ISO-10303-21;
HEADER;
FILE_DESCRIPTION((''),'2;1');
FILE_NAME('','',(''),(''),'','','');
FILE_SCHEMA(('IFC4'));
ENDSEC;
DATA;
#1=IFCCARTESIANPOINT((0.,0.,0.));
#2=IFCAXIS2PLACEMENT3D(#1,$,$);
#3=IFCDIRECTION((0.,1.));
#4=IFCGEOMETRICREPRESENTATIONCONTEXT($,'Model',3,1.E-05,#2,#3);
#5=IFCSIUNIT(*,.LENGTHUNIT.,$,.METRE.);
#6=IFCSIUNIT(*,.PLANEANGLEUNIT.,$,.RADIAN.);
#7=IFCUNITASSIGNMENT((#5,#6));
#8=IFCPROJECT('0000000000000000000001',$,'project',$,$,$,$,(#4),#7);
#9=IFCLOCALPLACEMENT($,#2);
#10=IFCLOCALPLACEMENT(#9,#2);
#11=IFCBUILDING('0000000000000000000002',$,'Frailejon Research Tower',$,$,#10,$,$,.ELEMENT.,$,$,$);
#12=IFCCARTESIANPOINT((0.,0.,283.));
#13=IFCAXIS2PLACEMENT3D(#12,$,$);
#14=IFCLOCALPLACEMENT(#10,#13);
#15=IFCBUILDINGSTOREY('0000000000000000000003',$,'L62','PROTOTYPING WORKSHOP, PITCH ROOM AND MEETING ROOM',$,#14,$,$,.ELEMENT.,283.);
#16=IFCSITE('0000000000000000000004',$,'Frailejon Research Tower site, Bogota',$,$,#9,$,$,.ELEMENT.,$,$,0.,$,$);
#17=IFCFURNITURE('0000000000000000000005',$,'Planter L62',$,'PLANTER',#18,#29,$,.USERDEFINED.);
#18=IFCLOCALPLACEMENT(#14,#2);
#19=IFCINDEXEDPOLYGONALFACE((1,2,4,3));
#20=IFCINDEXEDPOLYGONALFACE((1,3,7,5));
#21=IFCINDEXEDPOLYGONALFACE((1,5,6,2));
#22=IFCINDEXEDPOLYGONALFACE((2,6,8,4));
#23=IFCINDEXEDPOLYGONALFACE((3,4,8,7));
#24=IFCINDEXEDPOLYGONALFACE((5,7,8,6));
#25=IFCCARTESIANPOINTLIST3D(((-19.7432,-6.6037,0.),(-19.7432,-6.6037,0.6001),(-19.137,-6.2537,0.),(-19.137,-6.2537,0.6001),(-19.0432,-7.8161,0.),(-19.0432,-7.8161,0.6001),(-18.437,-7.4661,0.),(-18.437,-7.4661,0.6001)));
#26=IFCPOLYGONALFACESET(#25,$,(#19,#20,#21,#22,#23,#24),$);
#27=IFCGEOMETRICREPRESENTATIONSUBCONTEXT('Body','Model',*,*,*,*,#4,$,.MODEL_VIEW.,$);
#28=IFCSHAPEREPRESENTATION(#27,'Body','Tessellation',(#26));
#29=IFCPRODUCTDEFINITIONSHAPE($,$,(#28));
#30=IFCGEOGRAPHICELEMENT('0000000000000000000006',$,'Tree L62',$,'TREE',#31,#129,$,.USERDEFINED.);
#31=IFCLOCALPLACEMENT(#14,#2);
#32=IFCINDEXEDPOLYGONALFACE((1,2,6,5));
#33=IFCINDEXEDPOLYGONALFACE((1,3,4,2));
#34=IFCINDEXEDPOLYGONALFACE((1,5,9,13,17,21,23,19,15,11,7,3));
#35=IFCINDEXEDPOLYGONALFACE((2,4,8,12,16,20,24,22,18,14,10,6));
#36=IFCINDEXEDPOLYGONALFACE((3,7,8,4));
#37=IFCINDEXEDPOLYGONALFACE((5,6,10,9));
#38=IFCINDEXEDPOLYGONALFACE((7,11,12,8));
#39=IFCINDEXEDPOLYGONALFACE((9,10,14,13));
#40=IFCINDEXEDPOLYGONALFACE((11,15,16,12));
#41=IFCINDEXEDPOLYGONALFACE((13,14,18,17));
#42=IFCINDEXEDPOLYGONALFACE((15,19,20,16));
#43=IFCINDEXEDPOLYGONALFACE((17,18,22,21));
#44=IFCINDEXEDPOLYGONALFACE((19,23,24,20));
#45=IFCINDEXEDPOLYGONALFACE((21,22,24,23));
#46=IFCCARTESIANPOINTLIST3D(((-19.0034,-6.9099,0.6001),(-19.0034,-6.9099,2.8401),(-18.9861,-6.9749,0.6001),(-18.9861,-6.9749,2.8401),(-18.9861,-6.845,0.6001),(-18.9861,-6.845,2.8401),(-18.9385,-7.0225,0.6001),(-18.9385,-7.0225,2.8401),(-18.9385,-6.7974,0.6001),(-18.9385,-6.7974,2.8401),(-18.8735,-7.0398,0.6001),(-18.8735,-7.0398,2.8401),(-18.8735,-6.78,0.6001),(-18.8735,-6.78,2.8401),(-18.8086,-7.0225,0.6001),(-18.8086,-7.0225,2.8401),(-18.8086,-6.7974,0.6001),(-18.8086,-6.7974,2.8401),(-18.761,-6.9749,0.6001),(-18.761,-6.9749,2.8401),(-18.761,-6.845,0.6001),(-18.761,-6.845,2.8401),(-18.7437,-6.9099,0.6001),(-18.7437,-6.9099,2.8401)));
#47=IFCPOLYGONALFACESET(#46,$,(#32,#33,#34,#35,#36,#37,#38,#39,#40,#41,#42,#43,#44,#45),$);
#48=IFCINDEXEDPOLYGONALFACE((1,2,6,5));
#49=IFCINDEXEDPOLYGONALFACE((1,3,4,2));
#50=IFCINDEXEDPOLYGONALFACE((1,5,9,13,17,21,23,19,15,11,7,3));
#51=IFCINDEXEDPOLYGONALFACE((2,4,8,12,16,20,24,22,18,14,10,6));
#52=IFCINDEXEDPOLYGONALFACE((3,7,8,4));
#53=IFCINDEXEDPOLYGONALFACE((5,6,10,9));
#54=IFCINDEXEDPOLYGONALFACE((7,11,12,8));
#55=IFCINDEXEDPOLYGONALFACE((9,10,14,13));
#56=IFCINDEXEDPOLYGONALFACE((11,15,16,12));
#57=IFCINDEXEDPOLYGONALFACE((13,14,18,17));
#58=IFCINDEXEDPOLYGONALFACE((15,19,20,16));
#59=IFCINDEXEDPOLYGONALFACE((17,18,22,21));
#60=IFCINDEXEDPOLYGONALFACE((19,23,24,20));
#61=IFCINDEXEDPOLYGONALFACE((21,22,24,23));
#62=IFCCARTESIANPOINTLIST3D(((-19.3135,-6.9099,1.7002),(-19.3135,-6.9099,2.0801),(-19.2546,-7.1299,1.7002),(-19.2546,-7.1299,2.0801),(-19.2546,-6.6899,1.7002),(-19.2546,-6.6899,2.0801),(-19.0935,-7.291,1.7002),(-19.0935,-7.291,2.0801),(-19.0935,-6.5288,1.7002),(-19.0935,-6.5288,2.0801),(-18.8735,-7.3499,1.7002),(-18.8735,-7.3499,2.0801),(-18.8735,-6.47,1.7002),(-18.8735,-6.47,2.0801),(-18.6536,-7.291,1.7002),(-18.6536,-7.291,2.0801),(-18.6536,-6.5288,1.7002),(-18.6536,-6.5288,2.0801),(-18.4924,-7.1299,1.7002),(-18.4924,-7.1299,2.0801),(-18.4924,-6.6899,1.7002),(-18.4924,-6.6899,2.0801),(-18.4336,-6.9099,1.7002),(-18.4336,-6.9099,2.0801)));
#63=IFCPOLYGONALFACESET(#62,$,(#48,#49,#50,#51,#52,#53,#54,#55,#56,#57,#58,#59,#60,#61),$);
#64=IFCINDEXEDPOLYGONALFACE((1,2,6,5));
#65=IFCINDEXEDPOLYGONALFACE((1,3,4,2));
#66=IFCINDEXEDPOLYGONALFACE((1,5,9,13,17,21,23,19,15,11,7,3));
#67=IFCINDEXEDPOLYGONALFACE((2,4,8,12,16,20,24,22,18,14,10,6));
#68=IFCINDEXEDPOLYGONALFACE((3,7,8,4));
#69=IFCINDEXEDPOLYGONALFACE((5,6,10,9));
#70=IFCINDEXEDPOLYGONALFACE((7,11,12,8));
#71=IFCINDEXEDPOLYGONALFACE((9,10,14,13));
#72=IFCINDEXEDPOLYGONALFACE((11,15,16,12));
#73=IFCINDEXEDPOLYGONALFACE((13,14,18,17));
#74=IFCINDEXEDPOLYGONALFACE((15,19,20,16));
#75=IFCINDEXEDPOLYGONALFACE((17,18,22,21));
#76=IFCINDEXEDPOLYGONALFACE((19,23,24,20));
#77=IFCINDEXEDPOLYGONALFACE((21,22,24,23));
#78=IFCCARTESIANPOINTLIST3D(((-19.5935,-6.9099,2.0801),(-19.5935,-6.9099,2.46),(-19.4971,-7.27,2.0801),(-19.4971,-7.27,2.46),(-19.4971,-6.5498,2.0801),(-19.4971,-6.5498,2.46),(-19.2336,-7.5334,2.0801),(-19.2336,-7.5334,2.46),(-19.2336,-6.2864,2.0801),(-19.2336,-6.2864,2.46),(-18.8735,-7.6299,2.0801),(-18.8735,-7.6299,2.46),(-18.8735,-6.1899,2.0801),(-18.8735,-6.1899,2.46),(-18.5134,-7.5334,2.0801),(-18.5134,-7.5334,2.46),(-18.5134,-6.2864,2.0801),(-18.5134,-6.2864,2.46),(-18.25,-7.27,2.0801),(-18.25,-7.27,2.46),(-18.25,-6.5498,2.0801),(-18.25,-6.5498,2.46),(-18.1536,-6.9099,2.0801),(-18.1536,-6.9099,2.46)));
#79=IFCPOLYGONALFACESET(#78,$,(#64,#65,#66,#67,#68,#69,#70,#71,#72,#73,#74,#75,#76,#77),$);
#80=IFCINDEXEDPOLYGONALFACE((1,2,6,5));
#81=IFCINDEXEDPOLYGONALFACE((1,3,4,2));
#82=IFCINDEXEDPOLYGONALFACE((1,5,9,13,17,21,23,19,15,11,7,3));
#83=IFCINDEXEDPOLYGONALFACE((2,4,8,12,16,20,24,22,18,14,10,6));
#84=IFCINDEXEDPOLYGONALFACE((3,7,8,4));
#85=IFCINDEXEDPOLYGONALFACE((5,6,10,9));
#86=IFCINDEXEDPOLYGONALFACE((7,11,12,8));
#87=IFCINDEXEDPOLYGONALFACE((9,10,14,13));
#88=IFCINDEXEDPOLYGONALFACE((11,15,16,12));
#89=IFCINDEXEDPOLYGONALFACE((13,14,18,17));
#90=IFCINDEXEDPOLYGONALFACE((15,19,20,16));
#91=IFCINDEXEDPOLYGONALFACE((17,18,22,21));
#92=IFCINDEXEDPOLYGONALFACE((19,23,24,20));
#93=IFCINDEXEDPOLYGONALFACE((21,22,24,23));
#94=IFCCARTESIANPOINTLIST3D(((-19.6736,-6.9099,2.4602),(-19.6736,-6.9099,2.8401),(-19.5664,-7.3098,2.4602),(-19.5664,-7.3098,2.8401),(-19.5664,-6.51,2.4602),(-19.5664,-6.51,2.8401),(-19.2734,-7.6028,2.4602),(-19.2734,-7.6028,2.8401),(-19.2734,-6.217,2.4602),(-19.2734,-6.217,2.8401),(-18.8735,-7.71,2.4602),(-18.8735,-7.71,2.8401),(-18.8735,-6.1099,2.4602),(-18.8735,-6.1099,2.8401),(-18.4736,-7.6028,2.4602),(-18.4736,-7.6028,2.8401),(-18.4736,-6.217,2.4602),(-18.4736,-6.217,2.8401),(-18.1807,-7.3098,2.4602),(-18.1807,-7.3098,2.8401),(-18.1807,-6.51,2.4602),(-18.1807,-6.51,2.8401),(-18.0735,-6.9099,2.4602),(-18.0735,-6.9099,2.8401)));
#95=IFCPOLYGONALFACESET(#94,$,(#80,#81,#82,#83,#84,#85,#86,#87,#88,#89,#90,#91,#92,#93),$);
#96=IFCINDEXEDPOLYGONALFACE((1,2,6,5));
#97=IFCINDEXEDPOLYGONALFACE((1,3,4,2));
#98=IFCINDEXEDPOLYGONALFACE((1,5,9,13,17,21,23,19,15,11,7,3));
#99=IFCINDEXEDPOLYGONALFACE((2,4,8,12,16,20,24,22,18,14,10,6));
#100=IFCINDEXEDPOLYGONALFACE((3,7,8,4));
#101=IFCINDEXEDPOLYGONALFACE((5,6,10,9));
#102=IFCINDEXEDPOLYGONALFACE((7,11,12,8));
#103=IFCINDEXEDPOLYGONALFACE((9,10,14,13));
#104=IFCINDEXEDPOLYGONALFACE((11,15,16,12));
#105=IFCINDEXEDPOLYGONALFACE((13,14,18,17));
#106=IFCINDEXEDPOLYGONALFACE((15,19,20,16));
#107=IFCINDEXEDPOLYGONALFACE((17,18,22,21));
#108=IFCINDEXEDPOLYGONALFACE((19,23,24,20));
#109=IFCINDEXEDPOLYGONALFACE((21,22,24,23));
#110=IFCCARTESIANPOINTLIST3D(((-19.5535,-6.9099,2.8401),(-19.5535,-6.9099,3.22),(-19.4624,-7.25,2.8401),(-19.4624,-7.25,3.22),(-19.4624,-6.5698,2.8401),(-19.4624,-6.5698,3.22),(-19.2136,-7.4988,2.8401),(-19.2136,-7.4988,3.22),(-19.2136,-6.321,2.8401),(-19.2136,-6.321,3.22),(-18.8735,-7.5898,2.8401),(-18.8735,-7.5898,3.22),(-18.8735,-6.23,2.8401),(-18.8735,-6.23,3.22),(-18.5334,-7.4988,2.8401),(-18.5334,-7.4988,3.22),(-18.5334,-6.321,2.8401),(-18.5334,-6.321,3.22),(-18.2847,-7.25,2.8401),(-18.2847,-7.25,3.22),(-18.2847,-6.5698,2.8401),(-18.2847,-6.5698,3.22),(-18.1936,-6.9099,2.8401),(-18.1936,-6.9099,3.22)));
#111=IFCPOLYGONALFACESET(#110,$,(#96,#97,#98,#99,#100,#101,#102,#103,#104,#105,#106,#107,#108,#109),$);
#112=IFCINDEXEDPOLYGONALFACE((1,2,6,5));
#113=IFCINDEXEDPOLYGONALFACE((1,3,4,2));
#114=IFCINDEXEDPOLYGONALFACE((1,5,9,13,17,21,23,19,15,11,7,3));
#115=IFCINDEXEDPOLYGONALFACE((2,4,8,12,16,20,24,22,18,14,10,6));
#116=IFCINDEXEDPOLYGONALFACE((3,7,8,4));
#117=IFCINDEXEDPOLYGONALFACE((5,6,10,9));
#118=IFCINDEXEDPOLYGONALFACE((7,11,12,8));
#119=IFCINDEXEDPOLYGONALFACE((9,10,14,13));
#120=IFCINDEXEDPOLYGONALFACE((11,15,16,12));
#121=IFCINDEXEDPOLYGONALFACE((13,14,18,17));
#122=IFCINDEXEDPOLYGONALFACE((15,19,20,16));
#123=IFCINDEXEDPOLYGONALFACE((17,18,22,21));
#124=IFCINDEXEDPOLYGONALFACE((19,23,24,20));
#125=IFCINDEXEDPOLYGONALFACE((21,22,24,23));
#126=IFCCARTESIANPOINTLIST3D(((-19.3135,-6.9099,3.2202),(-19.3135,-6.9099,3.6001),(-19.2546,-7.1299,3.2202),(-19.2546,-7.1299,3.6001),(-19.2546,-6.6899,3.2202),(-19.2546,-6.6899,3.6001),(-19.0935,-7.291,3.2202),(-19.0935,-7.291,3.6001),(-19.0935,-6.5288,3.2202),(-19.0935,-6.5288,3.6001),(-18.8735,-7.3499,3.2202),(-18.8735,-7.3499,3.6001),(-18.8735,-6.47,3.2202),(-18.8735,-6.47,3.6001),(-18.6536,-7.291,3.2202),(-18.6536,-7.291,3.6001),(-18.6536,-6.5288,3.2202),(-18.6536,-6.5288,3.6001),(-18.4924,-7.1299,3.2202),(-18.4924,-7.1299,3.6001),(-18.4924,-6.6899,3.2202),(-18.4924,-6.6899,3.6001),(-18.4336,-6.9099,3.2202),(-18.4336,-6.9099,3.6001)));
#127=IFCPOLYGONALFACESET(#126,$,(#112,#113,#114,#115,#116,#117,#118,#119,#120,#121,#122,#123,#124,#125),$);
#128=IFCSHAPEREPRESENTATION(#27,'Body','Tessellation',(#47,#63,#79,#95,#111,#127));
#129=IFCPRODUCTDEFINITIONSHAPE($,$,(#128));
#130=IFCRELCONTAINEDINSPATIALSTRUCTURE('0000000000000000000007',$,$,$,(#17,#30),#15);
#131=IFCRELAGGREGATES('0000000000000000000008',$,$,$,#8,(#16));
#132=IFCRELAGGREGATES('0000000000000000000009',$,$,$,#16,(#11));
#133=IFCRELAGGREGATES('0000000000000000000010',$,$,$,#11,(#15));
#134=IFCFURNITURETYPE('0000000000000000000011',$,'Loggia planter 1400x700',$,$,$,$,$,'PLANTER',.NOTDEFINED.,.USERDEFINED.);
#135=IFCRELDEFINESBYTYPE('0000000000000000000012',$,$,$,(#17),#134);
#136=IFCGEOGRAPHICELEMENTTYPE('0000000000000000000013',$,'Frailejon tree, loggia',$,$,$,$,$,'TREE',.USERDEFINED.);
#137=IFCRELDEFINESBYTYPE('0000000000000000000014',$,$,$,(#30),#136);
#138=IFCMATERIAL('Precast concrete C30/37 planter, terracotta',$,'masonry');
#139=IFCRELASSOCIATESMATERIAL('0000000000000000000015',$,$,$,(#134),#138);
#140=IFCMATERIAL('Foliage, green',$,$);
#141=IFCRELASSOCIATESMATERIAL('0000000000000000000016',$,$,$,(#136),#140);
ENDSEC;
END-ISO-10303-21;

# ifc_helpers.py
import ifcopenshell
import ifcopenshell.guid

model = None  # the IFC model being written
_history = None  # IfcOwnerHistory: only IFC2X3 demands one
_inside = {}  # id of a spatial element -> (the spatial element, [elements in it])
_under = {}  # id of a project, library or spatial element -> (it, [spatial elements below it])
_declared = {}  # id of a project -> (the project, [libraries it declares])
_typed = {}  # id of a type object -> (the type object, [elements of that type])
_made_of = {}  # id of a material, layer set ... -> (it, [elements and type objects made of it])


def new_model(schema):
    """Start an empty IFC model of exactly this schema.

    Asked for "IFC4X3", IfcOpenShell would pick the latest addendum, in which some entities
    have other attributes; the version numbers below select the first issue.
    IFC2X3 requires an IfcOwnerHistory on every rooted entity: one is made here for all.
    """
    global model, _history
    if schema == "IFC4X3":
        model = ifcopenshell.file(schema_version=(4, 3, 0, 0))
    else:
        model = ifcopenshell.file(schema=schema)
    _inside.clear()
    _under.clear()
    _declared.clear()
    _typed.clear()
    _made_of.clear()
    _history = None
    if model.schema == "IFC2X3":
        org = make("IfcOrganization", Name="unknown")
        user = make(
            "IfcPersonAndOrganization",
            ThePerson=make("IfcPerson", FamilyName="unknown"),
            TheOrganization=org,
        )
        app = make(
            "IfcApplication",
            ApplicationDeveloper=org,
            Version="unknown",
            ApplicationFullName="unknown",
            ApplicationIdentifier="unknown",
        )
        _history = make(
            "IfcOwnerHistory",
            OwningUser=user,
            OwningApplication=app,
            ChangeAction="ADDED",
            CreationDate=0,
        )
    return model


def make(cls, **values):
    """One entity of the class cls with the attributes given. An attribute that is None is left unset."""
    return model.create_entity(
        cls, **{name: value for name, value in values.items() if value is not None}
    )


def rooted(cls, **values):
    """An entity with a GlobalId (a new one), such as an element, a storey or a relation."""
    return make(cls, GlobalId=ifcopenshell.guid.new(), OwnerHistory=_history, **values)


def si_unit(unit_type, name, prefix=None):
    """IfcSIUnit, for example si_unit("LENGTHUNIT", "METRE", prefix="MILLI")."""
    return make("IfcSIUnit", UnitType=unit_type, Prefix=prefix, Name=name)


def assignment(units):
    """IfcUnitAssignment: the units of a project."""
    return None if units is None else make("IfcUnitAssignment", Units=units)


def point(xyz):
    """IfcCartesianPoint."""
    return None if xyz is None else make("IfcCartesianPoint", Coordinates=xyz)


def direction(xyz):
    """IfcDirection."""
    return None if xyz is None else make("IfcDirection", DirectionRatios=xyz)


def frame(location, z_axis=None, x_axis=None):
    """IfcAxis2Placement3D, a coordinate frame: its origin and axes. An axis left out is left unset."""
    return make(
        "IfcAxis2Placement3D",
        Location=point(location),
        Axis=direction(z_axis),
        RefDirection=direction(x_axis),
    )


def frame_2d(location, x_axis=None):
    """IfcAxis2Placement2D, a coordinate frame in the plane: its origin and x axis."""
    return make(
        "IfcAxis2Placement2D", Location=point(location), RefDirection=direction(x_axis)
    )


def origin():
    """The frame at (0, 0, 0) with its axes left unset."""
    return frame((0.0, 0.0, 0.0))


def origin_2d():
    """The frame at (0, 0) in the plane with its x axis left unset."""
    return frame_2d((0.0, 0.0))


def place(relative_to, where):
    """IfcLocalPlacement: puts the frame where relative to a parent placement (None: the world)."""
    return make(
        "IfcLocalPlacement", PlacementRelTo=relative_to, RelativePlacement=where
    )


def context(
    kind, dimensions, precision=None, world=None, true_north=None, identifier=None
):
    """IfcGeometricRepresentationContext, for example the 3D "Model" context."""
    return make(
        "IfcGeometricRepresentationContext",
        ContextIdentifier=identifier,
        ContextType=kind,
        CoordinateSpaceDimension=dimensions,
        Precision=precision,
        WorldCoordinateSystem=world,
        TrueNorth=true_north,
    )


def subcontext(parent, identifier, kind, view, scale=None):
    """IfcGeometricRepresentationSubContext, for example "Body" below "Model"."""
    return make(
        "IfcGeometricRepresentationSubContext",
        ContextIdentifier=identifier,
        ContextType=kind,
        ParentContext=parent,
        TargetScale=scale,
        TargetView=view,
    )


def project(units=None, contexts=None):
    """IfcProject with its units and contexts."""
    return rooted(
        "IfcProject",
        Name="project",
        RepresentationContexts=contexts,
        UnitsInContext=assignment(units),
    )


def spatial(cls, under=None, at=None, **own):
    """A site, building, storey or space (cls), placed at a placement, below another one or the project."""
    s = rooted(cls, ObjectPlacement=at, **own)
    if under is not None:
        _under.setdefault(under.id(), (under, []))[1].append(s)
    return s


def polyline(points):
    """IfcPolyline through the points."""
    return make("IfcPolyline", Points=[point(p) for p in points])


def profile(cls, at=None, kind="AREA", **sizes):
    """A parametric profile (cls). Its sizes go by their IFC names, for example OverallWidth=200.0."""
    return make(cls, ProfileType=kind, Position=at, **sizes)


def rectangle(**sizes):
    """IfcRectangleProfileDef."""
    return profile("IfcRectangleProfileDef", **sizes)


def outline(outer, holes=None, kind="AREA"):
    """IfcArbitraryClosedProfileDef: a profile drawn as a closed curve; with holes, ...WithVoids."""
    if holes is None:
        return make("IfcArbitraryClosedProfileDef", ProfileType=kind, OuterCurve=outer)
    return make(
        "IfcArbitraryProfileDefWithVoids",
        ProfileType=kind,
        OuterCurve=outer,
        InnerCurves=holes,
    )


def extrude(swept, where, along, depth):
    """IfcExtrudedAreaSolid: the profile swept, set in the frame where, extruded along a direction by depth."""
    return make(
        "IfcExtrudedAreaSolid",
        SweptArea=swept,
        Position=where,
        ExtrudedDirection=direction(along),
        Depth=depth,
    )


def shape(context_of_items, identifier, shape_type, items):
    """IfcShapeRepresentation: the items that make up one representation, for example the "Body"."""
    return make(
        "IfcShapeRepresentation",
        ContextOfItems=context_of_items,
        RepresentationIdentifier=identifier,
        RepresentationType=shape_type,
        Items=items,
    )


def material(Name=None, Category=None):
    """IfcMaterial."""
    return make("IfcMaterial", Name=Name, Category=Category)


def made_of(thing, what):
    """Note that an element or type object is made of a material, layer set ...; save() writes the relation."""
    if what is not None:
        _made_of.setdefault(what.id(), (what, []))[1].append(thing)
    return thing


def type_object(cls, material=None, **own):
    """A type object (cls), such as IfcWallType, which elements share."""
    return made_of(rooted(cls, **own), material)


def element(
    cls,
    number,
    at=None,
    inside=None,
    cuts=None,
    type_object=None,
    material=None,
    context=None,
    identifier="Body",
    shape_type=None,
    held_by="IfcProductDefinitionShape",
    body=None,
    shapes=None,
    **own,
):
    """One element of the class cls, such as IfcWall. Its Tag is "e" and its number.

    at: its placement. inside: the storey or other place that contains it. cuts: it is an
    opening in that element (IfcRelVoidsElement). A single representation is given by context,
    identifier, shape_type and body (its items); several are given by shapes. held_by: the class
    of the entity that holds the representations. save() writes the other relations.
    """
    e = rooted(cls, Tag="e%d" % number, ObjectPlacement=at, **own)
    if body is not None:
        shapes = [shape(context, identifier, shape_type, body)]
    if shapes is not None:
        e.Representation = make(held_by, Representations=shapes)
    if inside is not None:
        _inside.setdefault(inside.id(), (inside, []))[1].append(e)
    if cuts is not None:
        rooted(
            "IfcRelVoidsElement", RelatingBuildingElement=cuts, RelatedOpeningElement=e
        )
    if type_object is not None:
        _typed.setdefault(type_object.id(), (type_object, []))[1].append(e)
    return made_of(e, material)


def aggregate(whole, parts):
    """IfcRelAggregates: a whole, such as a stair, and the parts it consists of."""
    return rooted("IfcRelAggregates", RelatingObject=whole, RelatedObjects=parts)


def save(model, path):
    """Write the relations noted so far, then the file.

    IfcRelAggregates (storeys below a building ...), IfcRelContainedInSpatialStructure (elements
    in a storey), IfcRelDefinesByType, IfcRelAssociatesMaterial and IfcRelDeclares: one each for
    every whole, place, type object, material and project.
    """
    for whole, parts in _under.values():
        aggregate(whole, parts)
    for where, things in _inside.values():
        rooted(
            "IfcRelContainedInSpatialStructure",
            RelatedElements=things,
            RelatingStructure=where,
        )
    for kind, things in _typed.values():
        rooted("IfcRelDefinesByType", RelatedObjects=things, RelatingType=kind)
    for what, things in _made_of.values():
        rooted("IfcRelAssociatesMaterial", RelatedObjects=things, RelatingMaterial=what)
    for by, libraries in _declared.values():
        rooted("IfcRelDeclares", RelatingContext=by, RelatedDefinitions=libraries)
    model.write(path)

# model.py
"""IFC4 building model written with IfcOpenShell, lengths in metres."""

from ifc_helpers import new_model, si_unit, direction, frame, origin, origin_2d, place, context, subcontext, project, spatial, polyline, rectangle, outline, extrude, material, type_object, element, save


model = new_model("IFC4")

# Units and contexts
model_context = context("Model", 3, precision=1e-05, world=origin(), true_north=direction((0.0, 1.0)))
body_context = subcontext(model_context, "Body", "Model", "MODEL_VIEW")
ifc_project = project(units=[si_unit("LENGTHUNIT", "METRE"), si_unit("PLANEANGLEUNIT", "RADIAN")], contexts=[model_context])

# Site, building, storey
site_placement = place(None, origin())
site = spatial("IfcSite", under=ifc_project, at=site_placement, Name="Frailejon Research Tower site, Bogota", CompositionType="ELEMENT", RefElevation=0.0)
building_placement = place(site_placement, origin())
building = spatial("IfcBuilding", under=site, at=building_placement, Name="Frailejon Research Tower", CompositionType="ELEMENT")
storey_placement = place(building_placement, frame((0.0, 0.0, 283.0)))
storey = spatial("IfcBuildingStorey", under=building, at=storey_placement, Name="L62", Description="PROTOTYPING WORKSHOP, PITCH ROOM AND MEETING ROOM", CompositionType="ELEMENT", Elevation=283.0)

# Furniture
ifc_material_1 = material(Name="Precast concrete C30/37 planter, terracotta", Category="masonry")
furniture_type = type_object("IfcFurnitureType", Name="Loggia planter 1400x700", ElementType="PLANTER", AssemblyPlace="NOTDEFINED", PredefinedType="USERDEFINED", material=ifc_material_1)
furniture_placement = place(storey_placement, frame((-19.0901, -7.0349, 0.0), z_axis=(0.0, 0.0, 1.0), x_axis=(0.5, -0.866025, 0.0)))
element("IfcFurniture", 1, at=furniture_placement, inside=storey, type_object=furniture_type, Name="Planter L62", ObjectType="PLANTER", PredefinedType="USERDEFINED", context=body_context, shape_type="SweptSolid", body=[
    extrude(rectangle(XDim=1.3999, YDim=0.7, at=origin_2d()), origin(), (0.0, 0.0, 1.0), 0.6001),
])

# Geographic element
ifc_material_2 = material(Name="Foliage, green")
geographic_element_type = type_object("IfcGeographicElementType", Name="Frailejon tree, loggia", ElementType="TREE", PredefinedType="USERDEFINED", material=ifc_material_2)
geographic_element_placement = place(storey_placement, frame((-18.8735, -6.9099, 0.6001)))
element("IfcGeographicElement", 2, at=geographic_element_placement, inside=storey, type_object=geographic_element_type, Name="Tree L62", ObjectType="TREE", PredefinedType="USERDEFINED", context=body_context, shape_type="SweptSolid", body=[
    extrude(outline(polyline([(0.1299, 0.0), (0.1125, 0.0649), (0.0649, 0.1125), (0.0, 0.1299), (-0.0649, 0.1125), (-0.1125, 0.0649), (-0.1299, 0.0), (-0.1125, -0.0649), (-0.0649, -0.1125), (0.0, -0.1299), (0.0649, -0.1125), (0.1125, -0.0649), (0.1299, 0.0)])), origin(), (0.0, 0.0, 1.0), 2.24),
    extrude(outline(polyline([(0.4399, 0.0), (0.3811, 0.22), (0.22, 0.3811), (0.0, 0.4399), (-0.22, 0.3811), (-0.3811, 0.22), (-0.4399, 0.0), (-0.3811, -0.22), (-0.22, -0.3811), (0.0, -0.4399), (0.22, -0.3811), (0.3811, -0.22), (0.4399, 0.0)])), frame((0.0, 0.0, 1.1001)), (0.0, 0.0, 1.0), 0.3799),
    extrude(outline(polyline([(0.72, 0.0), (0.6235, 0.3601), (0.3601, 0.6235), (0.0, 0.72), (-0.3601, 0.6235), (-0.6235, 0.3601), (-0.72, 0.0), (-0.6235, -0.3601), (-0.3601, -0.6235), (0.0, -0.72), (0.3601, -0.6235), (0.6235, -0.3601), (0.72, 0.0)])), frame((0.0, 0.0, 1.48)), (0.0, 0.0, 1.0), 0.3799),
    extrude(outline(polyline([(0.8, 0.0), (0.6929, 0.3999), (0.3999, 0.6929), (0.0, 0.8), (-0.3999, 0.6929), (-0.6929, 0.3999), (-0.8, 0.0), (-0.6929, -0.3999), (-0.3999, -0.6929), (0.0, -0.8), (0.3999, -0.6929), (0.6929, -0.3999), (0.8, 0.0)])), frame((0.0, 0.0, 1.8601)), (0.0, 0.0, 1.0), 0.3799),
    extrude(outline(polyline([(0.6799, 0.0), (0.5889, 0.3401), (0.3401, 0.5889), (0.0, 0.6799), (-0.3401, 0.5889), (-0.5889, 0.3401), (-0.6799, 0.0), (-0.5889, -0.3401), (-0.3401, -0.5889), (0.0, -0.6799), (0.3401, -0.5889), (0.5889, -0.3401), (0.6799, 0.0)])), frame((0.0, 0.0, 2.24)), (0.0, 0.0, 1.0), 0.3799),
    extrude(outline(polyline([(0.4399, 0.0), (0.3811, 0.22), (0.22, 0.3811), (0.0, 0.4399), (-0.22, 0.3811), (-0.3811, 0.22), (-0.4399, 0.0), (-0.3811, -0.22), (-0.22, -0.3811), (0.0, -0.4399), (0.22, -0.3811), (0.3811, -0.22), (0.4399, 0.0)])), frame((0.0, 0.0, 2.6201)), (0.0, 0.0, 1.0), 0.3799),
])

save(model, "model.ifc")
